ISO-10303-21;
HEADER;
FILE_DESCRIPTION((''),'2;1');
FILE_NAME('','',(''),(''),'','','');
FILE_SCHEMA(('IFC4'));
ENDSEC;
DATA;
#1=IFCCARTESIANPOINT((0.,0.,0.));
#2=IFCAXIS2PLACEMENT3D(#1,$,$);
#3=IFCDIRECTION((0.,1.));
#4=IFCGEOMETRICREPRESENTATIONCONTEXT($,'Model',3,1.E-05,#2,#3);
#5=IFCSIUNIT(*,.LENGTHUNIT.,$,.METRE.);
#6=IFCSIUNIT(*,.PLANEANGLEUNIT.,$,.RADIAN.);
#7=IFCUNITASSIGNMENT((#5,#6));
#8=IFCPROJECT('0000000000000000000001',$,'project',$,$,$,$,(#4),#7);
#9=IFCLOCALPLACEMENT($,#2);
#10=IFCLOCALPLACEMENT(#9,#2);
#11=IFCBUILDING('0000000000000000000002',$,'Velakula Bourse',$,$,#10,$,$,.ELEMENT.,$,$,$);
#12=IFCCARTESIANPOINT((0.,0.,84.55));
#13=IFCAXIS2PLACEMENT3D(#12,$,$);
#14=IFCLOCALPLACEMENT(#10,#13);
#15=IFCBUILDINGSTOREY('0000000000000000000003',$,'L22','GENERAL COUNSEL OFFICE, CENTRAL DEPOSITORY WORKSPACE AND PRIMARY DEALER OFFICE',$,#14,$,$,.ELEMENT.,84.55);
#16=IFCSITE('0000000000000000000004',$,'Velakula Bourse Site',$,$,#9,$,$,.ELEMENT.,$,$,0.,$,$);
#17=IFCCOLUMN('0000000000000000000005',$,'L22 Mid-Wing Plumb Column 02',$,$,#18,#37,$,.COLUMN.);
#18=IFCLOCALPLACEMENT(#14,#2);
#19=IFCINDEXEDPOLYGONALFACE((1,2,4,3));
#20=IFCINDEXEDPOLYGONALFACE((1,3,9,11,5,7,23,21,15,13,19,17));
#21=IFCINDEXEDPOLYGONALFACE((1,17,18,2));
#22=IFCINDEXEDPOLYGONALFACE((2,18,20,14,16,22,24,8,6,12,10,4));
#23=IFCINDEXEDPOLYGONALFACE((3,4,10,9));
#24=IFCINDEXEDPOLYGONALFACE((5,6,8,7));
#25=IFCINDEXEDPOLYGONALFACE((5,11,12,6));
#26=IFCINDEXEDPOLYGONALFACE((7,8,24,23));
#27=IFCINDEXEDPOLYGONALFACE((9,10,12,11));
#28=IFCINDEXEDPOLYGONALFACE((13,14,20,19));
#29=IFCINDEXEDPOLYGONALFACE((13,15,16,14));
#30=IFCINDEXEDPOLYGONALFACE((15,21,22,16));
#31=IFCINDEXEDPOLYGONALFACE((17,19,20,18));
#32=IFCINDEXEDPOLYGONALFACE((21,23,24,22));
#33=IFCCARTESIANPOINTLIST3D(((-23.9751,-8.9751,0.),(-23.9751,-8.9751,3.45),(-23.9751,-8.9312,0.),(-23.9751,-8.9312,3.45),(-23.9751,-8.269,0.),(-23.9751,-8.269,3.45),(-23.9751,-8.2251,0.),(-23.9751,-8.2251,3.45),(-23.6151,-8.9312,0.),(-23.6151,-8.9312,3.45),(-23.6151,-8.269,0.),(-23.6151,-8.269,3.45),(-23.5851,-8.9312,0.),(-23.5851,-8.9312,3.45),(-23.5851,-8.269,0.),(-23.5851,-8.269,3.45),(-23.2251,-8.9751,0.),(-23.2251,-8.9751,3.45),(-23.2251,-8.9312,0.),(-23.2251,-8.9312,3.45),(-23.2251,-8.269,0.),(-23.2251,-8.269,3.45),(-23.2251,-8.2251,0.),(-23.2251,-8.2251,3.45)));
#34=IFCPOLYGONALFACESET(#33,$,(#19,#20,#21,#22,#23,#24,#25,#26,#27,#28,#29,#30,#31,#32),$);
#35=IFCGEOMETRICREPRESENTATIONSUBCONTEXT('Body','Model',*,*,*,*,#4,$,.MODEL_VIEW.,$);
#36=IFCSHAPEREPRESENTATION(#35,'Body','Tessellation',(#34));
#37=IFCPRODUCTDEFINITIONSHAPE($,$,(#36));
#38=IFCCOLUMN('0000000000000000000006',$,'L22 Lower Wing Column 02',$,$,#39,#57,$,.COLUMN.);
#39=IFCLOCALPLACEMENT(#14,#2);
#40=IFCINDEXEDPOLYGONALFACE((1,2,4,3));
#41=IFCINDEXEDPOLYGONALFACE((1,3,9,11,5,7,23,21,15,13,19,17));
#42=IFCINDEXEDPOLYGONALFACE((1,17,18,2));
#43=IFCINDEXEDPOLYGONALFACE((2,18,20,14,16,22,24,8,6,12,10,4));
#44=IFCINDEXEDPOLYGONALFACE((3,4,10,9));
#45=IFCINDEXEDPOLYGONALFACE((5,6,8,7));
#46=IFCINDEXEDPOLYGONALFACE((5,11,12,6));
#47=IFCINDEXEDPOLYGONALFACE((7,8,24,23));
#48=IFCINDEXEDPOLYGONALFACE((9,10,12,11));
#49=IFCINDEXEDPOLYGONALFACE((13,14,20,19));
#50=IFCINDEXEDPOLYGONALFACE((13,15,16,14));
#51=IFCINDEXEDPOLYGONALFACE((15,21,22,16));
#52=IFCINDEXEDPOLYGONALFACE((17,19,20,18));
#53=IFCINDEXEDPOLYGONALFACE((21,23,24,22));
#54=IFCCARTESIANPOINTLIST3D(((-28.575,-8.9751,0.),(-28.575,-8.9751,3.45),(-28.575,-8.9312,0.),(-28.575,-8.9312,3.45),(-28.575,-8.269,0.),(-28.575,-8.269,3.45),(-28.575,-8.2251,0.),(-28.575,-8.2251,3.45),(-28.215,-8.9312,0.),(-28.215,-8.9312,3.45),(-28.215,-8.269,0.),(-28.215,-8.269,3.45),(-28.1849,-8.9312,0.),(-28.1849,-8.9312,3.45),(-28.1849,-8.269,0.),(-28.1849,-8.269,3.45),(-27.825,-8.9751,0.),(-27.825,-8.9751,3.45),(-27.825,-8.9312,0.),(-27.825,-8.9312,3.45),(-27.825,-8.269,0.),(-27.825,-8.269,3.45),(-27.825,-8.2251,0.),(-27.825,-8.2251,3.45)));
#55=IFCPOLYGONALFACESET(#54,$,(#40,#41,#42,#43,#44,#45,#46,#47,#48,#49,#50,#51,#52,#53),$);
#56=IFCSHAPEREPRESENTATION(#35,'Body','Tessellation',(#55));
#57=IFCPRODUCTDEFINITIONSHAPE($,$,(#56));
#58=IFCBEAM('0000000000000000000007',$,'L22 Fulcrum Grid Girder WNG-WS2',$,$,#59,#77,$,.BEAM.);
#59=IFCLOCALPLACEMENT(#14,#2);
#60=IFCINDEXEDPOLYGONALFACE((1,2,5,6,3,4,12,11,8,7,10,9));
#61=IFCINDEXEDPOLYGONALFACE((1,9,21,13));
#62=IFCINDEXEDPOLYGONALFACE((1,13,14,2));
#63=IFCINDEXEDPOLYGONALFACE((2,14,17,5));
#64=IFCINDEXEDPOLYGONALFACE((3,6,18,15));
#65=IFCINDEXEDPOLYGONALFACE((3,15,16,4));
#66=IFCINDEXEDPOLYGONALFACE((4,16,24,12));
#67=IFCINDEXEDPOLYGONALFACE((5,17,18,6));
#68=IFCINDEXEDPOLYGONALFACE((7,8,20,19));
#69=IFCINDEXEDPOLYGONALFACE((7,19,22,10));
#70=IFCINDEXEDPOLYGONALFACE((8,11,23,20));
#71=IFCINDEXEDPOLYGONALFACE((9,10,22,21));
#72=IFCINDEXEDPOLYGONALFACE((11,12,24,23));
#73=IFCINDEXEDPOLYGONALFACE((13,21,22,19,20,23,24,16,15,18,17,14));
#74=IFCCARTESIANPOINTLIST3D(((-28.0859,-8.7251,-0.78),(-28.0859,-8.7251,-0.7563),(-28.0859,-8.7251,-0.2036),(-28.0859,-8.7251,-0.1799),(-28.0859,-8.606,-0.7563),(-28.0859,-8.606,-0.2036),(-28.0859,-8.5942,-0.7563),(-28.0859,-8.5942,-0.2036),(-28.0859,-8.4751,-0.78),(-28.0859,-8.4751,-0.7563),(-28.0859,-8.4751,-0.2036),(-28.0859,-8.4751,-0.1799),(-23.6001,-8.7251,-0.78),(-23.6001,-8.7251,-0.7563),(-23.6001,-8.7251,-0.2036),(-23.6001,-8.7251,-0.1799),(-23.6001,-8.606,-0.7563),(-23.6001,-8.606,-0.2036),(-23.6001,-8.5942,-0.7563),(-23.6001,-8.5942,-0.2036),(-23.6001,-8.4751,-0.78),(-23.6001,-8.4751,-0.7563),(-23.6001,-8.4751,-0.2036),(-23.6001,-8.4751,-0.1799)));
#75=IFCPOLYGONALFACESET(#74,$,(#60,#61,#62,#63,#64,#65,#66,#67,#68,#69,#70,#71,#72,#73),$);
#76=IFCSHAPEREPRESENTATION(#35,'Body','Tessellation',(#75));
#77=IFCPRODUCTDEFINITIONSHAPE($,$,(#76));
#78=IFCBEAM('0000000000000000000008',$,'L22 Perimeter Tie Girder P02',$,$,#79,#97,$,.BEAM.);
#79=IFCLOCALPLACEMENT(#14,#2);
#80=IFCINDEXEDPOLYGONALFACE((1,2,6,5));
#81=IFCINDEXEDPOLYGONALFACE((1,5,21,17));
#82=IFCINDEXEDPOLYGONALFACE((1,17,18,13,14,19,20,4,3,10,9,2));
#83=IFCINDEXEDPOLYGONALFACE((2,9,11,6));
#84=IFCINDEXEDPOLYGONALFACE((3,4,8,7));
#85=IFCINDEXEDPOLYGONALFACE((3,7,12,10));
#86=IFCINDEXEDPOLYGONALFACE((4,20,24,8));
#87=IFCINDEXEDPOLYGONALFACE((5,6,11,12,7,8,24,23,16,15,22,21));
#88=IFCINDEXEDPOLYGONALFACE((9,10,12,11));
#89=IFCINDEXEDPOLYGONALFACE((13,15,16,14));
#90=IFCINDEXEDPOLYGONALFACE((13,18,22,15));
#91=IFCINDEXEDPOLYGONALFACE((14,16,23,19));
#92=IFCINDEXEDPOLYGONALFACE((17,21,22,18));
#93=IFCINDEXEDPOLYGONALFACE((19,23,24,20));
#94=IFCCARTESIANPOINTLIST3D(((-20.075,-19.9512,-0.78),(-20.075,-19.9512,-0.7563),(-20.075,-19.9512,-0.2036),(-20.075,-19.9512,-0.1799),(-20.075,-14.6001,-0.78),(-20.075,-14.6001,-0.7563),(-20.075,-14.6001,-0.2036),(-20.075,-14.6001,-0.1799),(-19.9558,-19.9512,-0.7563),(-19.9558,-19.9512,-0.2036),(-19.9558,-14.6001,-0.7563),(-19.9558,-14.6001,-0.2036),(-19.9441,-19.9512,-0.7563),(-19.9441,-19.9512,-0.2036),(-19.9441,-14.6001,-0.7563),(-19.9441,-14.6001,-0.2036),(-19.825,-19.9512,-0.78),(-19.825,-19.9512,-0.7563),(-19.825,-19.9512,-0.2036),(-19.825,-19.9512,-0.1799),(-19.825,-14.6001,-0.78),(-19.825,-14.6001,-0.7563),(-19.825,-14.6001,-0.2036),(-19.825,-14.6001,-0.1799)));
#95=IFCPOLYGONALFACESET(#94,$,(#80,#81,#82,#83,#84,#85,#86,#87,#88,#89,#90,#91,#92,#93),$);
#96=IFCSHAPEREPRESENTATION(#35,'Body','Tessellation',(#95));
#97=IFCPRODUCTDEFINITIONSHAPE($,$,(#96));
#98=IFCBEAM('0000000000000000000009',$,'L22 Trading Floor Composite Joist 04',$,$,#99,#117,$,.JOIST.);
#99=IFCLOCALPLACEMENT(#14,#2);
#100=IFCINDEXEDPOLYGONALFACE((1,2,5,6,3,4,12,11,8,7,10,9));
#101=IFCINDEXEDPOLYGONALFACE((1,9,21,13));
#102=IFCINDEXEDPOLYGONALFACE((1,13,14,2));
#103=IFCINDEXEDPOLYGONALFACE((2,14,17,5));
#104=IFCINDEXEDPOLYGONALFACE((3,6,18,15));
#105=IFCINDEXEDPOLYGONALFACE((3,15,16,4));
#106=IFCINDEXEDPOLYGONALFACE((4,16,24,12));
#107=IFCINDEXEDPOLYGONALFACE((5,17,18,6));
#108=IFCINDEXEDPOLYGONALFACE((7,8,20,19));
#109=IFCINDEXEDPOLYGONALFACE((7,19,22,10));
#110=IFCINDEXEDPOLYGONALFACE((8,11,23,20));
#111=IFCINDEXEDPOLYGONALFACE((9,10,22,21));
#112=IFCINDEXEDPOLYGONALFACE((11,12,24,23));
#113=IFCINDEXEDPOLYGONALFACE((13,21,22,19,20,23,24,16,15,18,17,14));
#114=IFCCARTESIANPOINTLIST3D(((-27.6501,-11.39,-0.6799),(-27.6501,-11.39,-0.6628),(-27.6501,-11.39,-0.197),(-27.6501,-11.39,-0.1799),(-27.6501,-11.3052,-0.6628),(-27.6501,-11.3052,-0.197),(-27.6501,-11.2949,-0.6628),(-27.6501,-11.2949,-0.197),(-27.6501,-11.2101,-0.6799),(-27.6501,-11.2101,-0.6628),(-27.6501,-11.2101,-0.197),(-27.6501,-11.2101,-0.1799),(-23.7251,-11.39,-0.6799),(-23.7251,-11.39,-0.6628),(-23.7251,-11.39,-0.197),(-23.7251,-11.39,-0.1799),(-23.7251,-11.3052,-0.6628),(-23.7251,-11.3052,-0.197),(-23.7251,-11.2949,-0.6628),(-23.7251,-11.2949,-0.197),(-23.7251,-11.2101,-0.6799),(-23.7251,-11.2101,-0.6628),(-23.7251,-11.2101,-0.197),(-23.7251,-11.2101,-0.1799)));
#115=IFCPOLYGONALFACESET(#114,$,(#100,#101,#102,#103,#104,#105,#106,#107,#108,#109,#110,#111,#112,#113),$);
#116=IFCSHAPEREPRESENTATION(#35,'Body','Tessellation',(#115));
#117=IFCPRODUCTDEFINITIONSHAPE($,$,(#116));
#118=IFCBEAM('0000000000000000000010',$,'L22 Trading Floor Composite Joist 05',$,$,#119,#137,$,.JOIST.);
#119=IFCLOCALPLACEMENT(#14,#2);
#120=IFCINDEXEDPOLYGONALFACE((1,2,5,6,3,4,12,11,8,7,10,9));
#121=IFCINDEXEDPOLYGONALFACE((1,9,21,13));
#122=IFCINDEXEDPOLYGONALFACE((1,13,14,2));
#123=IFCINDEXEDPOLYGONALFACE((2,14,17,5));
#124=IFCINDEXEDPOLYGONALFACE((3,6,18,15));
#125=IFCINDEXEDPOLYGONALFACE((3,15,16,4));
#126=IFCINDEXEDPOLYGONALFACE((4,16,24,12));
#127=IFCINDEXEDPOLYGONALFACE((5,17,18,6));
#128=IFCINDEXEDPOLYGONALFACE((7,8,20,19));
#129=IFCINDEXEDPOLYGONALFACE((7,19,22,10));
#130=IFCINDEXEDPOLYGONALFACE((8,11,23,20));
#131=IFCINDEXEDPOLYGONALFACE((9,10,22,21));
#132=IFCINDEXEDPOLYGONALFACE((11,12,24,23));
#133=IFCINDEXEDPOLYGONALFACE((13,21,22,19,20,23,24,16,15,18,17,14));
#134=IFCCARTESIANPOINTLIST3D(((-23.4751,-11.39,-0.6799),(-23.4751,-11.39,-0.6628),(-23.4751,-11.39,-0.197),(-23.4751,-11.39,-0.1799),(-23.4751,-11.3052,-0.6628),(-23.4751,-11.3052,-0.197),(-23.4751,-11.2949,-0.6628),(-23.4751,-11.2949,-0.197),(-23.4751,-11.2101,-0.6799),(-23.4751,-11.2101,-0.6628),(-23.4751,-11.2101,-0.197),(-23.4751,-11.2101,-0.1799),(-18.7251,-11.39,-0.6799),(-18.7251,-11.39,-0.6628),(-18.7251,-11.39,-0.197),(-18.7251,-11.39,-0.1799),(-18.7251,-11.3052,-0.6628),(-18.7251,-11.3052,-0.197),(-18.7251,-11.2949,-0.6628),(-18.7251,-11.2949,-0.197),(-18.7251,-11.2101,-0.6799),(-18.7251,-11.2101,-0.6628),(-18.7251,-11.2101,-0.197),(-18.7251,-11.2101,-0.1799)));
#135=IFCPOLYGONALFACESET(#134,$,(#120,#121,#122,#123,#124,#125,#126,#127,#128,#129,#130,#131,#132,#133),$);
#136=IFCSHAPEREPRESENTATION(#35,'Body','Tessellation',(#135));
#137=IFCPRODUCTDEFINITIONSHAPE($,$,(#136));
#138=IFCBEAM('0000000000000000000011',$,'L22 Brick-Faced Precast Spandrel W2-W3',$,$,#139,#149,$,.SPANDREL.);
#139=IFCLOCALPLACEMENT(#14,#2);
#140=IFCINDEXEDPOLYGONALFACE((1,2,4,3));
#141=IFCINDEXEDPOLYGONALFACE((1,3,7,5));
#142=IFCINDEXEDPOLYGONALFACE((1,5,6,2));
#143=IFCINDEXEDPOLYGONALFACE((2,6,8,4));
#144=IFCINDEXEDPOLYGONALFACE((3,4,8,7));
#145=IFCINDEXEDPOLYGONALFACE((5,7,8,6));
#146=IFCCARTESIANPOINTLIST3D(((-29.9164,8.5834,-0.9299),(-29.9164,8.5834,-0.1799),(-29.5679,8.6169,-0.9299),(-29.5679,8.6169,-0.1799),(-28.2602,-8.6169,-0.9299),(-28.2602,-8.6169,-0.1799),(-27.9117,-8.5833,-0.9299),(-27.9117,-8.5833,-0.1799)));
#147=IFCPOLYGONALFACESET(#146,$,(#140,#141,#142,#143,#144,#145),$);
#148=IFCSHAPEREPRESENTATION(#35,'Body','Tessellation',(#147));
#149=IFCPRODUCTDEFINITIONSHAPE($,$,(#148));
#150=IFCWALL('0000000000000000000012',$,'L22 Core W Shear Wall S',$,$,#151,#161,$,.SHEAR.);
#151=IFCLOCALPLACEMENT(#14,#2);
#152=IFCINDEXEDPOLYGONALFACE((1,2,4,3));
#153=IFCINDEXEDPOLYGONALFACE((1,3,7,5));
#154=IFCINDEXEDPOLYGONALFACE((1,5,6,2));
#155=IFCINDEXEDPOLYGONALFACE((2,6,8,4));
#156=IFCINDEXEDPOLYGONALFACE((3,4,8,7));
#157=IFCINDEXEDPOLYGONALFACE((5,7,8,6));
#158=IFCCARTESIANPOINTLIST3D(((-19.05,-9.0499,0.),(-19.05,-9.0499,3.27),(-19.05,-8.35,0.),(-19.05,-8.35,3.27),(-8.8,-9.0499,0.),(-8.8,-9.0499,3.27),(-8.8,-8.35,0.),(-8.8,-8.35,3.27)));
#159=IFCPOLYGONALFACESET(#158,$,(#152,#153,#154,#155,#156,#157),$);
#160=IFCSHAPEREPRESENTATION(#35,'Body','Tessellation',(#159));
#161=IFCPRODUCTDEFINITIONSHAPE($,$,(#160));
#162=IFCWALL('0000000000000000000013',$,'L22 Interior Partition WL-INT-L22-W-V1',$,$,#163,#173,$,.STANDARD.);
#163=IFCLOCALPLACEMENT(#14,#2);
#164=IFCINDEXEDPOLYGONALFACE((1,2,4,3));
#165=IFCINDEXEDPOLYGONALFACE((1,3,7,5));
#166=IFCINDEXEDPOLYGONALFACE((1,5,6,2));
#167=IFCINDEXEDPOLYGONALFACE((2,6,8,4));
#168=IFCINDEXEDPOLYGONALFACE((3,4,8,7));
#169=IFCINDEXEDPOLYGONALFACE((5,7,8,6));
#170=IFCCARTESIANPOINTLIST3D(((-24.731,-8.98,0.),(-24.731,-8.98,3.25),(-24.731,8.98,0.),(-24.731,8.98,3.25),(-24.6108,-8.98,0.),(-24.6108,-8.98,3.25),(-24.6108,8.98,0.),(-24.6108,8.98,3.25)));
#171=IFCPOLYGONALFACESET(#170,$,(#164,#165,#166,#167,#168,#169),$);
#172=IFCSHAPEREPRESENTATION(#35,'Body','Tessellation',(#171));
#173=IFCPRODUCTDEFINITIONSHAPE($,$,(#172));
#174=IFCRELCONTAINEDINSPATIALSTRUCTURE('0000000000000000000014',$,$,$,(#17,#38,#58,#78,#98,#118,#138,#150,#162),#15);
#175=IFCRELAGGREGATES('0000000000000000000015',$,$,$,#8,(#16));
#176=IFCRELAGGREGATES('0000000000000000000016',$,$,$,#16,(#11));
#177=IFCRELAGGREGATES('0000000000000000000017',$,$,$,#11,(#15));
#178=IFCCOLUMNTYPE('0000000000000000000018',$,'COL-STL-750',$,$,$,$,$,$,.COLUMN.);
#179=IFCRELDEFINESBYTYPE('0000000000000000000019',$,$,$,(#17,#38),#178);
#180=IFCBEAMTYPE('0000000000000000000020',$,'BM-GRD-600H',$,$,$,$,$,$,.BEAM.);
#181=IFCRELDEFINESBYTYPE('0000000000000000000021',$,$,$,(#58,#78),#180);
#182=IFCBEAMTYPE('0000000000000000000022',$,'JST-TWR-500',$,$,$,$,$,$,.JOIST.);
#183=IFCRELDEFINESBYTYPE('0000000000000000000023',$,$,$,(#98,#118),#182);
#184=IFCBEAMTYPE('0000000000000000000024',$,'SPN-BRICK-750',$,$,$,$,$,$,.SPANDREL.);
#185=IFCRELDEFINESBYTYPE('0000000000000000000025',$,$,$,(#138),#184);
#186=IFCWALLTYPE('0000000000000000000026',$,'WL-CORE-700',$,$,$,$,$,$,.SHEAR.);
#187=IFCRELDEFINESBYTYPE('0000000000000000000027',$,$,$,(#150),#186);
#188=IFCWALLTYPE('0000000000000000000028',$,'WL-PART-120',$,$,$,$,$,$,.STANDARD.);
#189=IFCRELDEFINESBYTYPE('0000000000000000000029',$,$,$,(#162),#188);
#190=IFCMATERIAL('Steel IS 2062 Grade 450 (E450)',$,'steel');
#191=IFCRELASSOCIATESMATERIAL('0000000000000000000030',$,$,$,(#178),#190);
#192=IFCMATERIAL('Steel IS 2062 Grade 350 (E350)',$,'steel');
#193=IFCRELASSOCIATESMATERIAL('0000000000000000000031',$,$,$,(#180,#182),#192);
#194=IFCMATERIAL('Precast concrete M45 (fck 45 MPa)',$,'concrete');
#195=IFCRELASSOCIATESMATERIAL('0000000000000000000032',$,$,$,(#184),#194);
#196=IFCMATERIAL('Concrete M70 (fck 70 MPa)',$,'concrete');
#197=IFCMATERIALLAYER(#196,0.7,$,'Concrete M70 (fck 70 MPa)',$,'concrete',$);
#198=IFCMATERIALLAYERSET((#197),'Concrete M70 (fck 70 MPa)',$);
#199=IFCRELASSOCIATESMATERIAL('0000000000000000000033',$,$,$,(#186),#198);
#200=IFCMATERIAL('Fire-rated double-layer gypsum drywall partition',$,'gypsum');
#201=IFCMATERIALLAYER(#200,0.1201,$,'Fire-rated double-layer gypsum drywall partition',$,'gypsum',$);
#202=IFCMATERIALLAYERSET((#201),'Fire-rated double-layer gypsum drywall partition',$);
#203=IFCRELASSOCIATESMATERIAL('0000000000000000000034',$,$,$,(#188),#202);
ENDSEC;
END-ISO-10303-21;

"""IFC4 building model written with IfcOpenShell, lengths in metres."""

from ifc_helpers import new_model, si_unit, direction, frame, frame_2d, origin, origin_2d, place, context, subcontext, project, spatial, rectangle, i_section, extrude, material, layer, layer_set, material_profile, profile_set, type_object, element, save


model = new_model("IFC4")

# Units and contexts
model_context = context("Model", 3, precision=1e-05, world=origin(), true_north=direction((0.0, 1.0)))
body_context = subcontext(model_context, "Body", "Model", "MODEL_VIEW")
ifc_project = project(units=[si_unit("LENGTHUNIT", "METRE"), si_unit("PLANEANGLEUNIT", "RADIAN")], contexts=[model_context])

# Site, building, storey
site_placement = place(None, origin())
site = spatial("IfcSite", under=ifc_project, at=site_placement, Name="Velakula Bourse Site", CompositionType="ELEMENT", RefElevation=0.0)
building_placement = place(site_placement, origin())
building = spatial("IfcBuilding", under=site, at=building_placement, Name="Velakula Bourse", CompositionType="ELEMENT")
storey_placement = place(building_placement, frame((0.0, 0.0, 84.55)))
storey = spatial("IfcBuildingStorey", under=building, at=storey_placement, Name="L22", Description="GENERAL COUNSEL OFFICE, CENTRAL DEPOSITORY WORKSPACE AND PRIMARY DEALER OFFICE", CompositionType="ELEMENT", Elevation=84.55)

# Columns
ifc_material_1 = material(Name="Steel IS 2062 Grade 450 (E450)", Category="steel")
ifc_material_profile_1 = material_profile(ifc_material_1, i_section(OverallWidth=0.75, OverallDepth=0.75, WebThickness=0.03, FlangeThickness=0.0439, at=origin_2d()), Name="Steel IS 2062 Grade 450 (E450)")
ifc_profile_set_1 = profile_set([ifc_material_profile_1], Name="Steel IS 2062 Grade 450 (E450)")
column_type = type_object("IfcColumnType", Name="COL-STL-750", PredefinedType="COLUMN", material=ifc_profile_set_1)
for number, where, z_axis, x_axis, name in (
    (1, (-23.6001, -8.6001, 0.0), (0.0, 0.0, 1.0), (1.0, 0.0, 0.0), "L22 Mid-Wing Plumb Column 02"),
    (2, (-28.2, -8.6001, 0.0), (0.0, 0.0, 1.0), (1.0, 0.0, 0.0), "L22 Lower Wing Column 02"),
):
    element("IfcColumn", number, at=place(storey_placement, frame(where, z_axis=z_axis, x_axis=x_axis)), inside=storey, type_object=column_type, Name=name, PredefinedType="COLUMN", context=body_context, shape_type="SweptSolid", body=[
        extrude(i_section(OverallWidth=0.75, OverallDepth=0.75, WebThickness=0.03, FlangeThickness=0.0439, at=origin_2d()), origin(), (0.0, 0.0, 1.0), 3.45),
    ])

# Beams
ifc_material_2 = material(Name="Steel IS 2062 Grade 350 (E350)", Category="steel")
ifc_material_profile_2 = material_profile(ifc_material_2, i_section(OverallWidth=0.25, OverallDepth=0.6001, WebThickness=0.0117, FlangeThickness=0.0237, at=origin_2d()), Name="Steel IS 2062 Grade 350 (E350)")
ifc_profile_set_2 = profile_set([ifc_material_profile_2], Name="Steel IS 2062 Grade 350 (E350)")
beam_type_1 = type_object("IfcBeamType", Name="BM-GRD-600H", PredefinedType="BEAM", material=ifc_profile_set_2)
beam_1_placement = place(storey_placement, frame((-28.0859, -8.6001, -0.48), z_axis=(1.0, 0.0, 0.0), x_axis=(0.0, 1.0, 0.0)))
element("IfcBeam", 3, at=beam_1_placement, inside=storey, type_object=beam_type_1, Name="L22 Fulcrum Grid Girder WNG-WS2", PredefinedType="BEAM", context=body_context, shape_type="SweptSolid", body=[
    extrude(i_section(OverallWidth=0.25, OverallDepth=0.6001, WebThickness=0.0117, FlangeThickness=0.0237, at=origin_2d()), origin(), (0.0, 0.0, 1.0), 4.4858),
])
beam_2_placement = place(storey_placement, frame((-19.95, -14.6001, -0.48), z_axis=(0.0, -1.0, 0.0), x_axis=(1.0, 0.0, 0.0)))
element("IfcBeam", 4, at=beam_2_placement, inside=storey, type_object=beam_type_1, Name="L22 Perimeter Tie Girder P02", PredefinedType="BEAM", context=body_context, shape_type="SweptSolid", body=[
    extrude(i_section(OverallWidth=0.25, OverallDepth=0.6001, WebThickness=0.0117, FlangeThickness=0.0237, at=origin_2d()), origin(), (0.0, 0.0, 1.0), 5.3511),
])
ifc_material_profile_3 = material_profile(ifc_material_2, i_section(OverallWidth=0.1799, OverallDepth=0.5, WebThickness=0.0103, FlangeThickness=0.0171, at=origin_2d()), Name="Steel IS 2062 Grade 350 (E350)")
ifc_profile_set_3 = profile_set([ifc_material_profile_3], Name="Steel IS 2062 Grade 350 (E350)")
beam_type_2 = type_object("IfcBeamType", Name="JST-TWR-500", PredefinedType="JOIST", material=ifc_profile_set_3)
beam_3_placement = place(storey_placement, frame((-27.6501, -11.3, -0.4299), z_axis=(1.0, 0.0, 0.0), x_axis=(0.0, 1.0, 0.0)))
element("IfcBeam", 5, at=beam_3_placement, inside=storey, type_object=beam_type_2, Name="L22 Trading Floor Composite Joist 04", PredefinedType="JOIST", context=body_context, shape_type="SweptSolid", body=[
    extrude(i_section(OverallWidth=0.1799, OverallDepth=0.5, WebThickness=0.0103, FlangeThickness=0.0171, at=origin_2d()), origin(), (0.0, 0.0, 1.0), 3.925),
])
beam_4_placement = place(storey_placement, frame((-23.4751, -11.3, -0.4299), z_axis=(1.0, 0.0, 0.0), x_axis=(0.0, 1.0, 0.0)))
element("IfcBeam", 6, at=beam_4_placement, inside=storey, type_object=beam_type_2, Name="L22 Trading Floor Composite Joist 05", PredefinedType="JOIST", context=body_context, shape_type="SweptSolid", body=[
    extrude(i_section(OverallWidth=0.1799, OverallDepth=0.5, WebThickness=0.0103, FlangeThickness=0.0171, at=origin_2d()), origin(), (0.0, 0.0, 1.0), 4.75),
])
ifc_material_3 = material(Name="Precast concrete M45 (fck 45 MPa)", Category="concrete")
ifc_material_profile_4 = material_profile(ifc_material_3, rectangle(XDim=0.3501, YDim=0.75, at=origin_2d()), Name="Precast concrete M45 (fck 45 MPa)")
ifc_profile_set_4 = profile_set([ifc_material_profile_4], Name="Precast concrete M45 (fck 45 MPa)")
beam_type_3 = type_object("IfcBeamType", Name="SPN-BRICK-750", PredefinedType="SPANDREL", material=ifc_profile_set_4)
beam_5_placement = place(storey_placement, frame((-28.0859, -8.6001, -0.5549), z_axis=(-0.095849, 0.995396, 0.0), x_axis=(-0.995396, -0.095849, 0.0)))
element("IfcBeam", 7, at=beam_5_placement, inside=storey, type_object=beam_type_3, Name="L22 Brick-Faced Precast Spandrel W2-W3", PredefinedType="SPANDREL", context=body_context, shape_type="SweptSolid", body=[
    extrude(rectangle(XDim=0.3501, YDim=0.75, at=origin_2d()), origin(), (0.0, 0.0, 1.0), 17.2798),
])

# Walls
ifc_material_4 = material(Name="Concrete M70 (fck 70 MPa)", Category="concrete")
ifc_layer_1 = layer(ifc_material_4, 0.7, Name="Concrete M70 (fck 70 MPa)", Category="concrete")
ifc_layer_set_1 = layer_set([ifc_layer_1], Name="Concrete M70 (fck 70 MPa)")
wall_type_1 = type_object("IfcWallType", Name="WL-CORE-700", PredefinedType="SHEAR", material=ifc_layer_set_1)
wall_1_placement = place(storey_placement, frame((-19.05, -8.7, 0.0), z_axis=(0.0, 0.0, 1.0), x_axis=(1.0, 0.0, 0.0)))
element("IfcWall", 8, at=wall_1_placement, inside=storey, type_object=wall_type_1, Name="L22 Core W Shear Wall S", PredefinedType="SHEAR", context=body_context, shape_type="SweptSolid", body=[
    extrude(rectangle(XDim=10.25, YDim=0.7, at=frame_2d((5.125, 0.0))), origin(), (0.0, 0.0, 1.0), 3.27),
])
ifc_material_5 = material(Name="Fire-rated double-layer gypsum drywall partition", Category="gypsum")
ifc_layer_2 = layer(ifc_material_5, 0.1201, Name="Fire-rated double-layer gypsum drywall partition", Category="gypsum")
ifc_layer_set_2 = layer_set([ifc_layer_2], Name="Fire-rated double-layer gypsum drywall partition")
wall_type_2 = type_object("IfcWallType", Name="WL-PART-120", PredefinedType="STANDARD", material=ifc_layer_set_2)
wall_2_placement = place(storey_placement, frame((-24.6709, -8.98, 0.0), z_axis=(0.0, 0.0, 1.0), x_axis=(0.0, 1.0, 0.0)))
element("IfcWall", 9, at=wall_2_placement, inside=storey, type_object=wall_type_2, Name="L22 Interior Partition WL-INT-L22-W-V1", PredefinedType="STANDARD", context=body_context, shape_type="SweptSolid", body=[
    extrude(rectangle(XDim=17.96, YDim=0.1201, at=frame_2d((8.98, 0.0))), origin(), (0.0, 0.0, 1.0), 3.25),
])

save(model, "model.ifc")
